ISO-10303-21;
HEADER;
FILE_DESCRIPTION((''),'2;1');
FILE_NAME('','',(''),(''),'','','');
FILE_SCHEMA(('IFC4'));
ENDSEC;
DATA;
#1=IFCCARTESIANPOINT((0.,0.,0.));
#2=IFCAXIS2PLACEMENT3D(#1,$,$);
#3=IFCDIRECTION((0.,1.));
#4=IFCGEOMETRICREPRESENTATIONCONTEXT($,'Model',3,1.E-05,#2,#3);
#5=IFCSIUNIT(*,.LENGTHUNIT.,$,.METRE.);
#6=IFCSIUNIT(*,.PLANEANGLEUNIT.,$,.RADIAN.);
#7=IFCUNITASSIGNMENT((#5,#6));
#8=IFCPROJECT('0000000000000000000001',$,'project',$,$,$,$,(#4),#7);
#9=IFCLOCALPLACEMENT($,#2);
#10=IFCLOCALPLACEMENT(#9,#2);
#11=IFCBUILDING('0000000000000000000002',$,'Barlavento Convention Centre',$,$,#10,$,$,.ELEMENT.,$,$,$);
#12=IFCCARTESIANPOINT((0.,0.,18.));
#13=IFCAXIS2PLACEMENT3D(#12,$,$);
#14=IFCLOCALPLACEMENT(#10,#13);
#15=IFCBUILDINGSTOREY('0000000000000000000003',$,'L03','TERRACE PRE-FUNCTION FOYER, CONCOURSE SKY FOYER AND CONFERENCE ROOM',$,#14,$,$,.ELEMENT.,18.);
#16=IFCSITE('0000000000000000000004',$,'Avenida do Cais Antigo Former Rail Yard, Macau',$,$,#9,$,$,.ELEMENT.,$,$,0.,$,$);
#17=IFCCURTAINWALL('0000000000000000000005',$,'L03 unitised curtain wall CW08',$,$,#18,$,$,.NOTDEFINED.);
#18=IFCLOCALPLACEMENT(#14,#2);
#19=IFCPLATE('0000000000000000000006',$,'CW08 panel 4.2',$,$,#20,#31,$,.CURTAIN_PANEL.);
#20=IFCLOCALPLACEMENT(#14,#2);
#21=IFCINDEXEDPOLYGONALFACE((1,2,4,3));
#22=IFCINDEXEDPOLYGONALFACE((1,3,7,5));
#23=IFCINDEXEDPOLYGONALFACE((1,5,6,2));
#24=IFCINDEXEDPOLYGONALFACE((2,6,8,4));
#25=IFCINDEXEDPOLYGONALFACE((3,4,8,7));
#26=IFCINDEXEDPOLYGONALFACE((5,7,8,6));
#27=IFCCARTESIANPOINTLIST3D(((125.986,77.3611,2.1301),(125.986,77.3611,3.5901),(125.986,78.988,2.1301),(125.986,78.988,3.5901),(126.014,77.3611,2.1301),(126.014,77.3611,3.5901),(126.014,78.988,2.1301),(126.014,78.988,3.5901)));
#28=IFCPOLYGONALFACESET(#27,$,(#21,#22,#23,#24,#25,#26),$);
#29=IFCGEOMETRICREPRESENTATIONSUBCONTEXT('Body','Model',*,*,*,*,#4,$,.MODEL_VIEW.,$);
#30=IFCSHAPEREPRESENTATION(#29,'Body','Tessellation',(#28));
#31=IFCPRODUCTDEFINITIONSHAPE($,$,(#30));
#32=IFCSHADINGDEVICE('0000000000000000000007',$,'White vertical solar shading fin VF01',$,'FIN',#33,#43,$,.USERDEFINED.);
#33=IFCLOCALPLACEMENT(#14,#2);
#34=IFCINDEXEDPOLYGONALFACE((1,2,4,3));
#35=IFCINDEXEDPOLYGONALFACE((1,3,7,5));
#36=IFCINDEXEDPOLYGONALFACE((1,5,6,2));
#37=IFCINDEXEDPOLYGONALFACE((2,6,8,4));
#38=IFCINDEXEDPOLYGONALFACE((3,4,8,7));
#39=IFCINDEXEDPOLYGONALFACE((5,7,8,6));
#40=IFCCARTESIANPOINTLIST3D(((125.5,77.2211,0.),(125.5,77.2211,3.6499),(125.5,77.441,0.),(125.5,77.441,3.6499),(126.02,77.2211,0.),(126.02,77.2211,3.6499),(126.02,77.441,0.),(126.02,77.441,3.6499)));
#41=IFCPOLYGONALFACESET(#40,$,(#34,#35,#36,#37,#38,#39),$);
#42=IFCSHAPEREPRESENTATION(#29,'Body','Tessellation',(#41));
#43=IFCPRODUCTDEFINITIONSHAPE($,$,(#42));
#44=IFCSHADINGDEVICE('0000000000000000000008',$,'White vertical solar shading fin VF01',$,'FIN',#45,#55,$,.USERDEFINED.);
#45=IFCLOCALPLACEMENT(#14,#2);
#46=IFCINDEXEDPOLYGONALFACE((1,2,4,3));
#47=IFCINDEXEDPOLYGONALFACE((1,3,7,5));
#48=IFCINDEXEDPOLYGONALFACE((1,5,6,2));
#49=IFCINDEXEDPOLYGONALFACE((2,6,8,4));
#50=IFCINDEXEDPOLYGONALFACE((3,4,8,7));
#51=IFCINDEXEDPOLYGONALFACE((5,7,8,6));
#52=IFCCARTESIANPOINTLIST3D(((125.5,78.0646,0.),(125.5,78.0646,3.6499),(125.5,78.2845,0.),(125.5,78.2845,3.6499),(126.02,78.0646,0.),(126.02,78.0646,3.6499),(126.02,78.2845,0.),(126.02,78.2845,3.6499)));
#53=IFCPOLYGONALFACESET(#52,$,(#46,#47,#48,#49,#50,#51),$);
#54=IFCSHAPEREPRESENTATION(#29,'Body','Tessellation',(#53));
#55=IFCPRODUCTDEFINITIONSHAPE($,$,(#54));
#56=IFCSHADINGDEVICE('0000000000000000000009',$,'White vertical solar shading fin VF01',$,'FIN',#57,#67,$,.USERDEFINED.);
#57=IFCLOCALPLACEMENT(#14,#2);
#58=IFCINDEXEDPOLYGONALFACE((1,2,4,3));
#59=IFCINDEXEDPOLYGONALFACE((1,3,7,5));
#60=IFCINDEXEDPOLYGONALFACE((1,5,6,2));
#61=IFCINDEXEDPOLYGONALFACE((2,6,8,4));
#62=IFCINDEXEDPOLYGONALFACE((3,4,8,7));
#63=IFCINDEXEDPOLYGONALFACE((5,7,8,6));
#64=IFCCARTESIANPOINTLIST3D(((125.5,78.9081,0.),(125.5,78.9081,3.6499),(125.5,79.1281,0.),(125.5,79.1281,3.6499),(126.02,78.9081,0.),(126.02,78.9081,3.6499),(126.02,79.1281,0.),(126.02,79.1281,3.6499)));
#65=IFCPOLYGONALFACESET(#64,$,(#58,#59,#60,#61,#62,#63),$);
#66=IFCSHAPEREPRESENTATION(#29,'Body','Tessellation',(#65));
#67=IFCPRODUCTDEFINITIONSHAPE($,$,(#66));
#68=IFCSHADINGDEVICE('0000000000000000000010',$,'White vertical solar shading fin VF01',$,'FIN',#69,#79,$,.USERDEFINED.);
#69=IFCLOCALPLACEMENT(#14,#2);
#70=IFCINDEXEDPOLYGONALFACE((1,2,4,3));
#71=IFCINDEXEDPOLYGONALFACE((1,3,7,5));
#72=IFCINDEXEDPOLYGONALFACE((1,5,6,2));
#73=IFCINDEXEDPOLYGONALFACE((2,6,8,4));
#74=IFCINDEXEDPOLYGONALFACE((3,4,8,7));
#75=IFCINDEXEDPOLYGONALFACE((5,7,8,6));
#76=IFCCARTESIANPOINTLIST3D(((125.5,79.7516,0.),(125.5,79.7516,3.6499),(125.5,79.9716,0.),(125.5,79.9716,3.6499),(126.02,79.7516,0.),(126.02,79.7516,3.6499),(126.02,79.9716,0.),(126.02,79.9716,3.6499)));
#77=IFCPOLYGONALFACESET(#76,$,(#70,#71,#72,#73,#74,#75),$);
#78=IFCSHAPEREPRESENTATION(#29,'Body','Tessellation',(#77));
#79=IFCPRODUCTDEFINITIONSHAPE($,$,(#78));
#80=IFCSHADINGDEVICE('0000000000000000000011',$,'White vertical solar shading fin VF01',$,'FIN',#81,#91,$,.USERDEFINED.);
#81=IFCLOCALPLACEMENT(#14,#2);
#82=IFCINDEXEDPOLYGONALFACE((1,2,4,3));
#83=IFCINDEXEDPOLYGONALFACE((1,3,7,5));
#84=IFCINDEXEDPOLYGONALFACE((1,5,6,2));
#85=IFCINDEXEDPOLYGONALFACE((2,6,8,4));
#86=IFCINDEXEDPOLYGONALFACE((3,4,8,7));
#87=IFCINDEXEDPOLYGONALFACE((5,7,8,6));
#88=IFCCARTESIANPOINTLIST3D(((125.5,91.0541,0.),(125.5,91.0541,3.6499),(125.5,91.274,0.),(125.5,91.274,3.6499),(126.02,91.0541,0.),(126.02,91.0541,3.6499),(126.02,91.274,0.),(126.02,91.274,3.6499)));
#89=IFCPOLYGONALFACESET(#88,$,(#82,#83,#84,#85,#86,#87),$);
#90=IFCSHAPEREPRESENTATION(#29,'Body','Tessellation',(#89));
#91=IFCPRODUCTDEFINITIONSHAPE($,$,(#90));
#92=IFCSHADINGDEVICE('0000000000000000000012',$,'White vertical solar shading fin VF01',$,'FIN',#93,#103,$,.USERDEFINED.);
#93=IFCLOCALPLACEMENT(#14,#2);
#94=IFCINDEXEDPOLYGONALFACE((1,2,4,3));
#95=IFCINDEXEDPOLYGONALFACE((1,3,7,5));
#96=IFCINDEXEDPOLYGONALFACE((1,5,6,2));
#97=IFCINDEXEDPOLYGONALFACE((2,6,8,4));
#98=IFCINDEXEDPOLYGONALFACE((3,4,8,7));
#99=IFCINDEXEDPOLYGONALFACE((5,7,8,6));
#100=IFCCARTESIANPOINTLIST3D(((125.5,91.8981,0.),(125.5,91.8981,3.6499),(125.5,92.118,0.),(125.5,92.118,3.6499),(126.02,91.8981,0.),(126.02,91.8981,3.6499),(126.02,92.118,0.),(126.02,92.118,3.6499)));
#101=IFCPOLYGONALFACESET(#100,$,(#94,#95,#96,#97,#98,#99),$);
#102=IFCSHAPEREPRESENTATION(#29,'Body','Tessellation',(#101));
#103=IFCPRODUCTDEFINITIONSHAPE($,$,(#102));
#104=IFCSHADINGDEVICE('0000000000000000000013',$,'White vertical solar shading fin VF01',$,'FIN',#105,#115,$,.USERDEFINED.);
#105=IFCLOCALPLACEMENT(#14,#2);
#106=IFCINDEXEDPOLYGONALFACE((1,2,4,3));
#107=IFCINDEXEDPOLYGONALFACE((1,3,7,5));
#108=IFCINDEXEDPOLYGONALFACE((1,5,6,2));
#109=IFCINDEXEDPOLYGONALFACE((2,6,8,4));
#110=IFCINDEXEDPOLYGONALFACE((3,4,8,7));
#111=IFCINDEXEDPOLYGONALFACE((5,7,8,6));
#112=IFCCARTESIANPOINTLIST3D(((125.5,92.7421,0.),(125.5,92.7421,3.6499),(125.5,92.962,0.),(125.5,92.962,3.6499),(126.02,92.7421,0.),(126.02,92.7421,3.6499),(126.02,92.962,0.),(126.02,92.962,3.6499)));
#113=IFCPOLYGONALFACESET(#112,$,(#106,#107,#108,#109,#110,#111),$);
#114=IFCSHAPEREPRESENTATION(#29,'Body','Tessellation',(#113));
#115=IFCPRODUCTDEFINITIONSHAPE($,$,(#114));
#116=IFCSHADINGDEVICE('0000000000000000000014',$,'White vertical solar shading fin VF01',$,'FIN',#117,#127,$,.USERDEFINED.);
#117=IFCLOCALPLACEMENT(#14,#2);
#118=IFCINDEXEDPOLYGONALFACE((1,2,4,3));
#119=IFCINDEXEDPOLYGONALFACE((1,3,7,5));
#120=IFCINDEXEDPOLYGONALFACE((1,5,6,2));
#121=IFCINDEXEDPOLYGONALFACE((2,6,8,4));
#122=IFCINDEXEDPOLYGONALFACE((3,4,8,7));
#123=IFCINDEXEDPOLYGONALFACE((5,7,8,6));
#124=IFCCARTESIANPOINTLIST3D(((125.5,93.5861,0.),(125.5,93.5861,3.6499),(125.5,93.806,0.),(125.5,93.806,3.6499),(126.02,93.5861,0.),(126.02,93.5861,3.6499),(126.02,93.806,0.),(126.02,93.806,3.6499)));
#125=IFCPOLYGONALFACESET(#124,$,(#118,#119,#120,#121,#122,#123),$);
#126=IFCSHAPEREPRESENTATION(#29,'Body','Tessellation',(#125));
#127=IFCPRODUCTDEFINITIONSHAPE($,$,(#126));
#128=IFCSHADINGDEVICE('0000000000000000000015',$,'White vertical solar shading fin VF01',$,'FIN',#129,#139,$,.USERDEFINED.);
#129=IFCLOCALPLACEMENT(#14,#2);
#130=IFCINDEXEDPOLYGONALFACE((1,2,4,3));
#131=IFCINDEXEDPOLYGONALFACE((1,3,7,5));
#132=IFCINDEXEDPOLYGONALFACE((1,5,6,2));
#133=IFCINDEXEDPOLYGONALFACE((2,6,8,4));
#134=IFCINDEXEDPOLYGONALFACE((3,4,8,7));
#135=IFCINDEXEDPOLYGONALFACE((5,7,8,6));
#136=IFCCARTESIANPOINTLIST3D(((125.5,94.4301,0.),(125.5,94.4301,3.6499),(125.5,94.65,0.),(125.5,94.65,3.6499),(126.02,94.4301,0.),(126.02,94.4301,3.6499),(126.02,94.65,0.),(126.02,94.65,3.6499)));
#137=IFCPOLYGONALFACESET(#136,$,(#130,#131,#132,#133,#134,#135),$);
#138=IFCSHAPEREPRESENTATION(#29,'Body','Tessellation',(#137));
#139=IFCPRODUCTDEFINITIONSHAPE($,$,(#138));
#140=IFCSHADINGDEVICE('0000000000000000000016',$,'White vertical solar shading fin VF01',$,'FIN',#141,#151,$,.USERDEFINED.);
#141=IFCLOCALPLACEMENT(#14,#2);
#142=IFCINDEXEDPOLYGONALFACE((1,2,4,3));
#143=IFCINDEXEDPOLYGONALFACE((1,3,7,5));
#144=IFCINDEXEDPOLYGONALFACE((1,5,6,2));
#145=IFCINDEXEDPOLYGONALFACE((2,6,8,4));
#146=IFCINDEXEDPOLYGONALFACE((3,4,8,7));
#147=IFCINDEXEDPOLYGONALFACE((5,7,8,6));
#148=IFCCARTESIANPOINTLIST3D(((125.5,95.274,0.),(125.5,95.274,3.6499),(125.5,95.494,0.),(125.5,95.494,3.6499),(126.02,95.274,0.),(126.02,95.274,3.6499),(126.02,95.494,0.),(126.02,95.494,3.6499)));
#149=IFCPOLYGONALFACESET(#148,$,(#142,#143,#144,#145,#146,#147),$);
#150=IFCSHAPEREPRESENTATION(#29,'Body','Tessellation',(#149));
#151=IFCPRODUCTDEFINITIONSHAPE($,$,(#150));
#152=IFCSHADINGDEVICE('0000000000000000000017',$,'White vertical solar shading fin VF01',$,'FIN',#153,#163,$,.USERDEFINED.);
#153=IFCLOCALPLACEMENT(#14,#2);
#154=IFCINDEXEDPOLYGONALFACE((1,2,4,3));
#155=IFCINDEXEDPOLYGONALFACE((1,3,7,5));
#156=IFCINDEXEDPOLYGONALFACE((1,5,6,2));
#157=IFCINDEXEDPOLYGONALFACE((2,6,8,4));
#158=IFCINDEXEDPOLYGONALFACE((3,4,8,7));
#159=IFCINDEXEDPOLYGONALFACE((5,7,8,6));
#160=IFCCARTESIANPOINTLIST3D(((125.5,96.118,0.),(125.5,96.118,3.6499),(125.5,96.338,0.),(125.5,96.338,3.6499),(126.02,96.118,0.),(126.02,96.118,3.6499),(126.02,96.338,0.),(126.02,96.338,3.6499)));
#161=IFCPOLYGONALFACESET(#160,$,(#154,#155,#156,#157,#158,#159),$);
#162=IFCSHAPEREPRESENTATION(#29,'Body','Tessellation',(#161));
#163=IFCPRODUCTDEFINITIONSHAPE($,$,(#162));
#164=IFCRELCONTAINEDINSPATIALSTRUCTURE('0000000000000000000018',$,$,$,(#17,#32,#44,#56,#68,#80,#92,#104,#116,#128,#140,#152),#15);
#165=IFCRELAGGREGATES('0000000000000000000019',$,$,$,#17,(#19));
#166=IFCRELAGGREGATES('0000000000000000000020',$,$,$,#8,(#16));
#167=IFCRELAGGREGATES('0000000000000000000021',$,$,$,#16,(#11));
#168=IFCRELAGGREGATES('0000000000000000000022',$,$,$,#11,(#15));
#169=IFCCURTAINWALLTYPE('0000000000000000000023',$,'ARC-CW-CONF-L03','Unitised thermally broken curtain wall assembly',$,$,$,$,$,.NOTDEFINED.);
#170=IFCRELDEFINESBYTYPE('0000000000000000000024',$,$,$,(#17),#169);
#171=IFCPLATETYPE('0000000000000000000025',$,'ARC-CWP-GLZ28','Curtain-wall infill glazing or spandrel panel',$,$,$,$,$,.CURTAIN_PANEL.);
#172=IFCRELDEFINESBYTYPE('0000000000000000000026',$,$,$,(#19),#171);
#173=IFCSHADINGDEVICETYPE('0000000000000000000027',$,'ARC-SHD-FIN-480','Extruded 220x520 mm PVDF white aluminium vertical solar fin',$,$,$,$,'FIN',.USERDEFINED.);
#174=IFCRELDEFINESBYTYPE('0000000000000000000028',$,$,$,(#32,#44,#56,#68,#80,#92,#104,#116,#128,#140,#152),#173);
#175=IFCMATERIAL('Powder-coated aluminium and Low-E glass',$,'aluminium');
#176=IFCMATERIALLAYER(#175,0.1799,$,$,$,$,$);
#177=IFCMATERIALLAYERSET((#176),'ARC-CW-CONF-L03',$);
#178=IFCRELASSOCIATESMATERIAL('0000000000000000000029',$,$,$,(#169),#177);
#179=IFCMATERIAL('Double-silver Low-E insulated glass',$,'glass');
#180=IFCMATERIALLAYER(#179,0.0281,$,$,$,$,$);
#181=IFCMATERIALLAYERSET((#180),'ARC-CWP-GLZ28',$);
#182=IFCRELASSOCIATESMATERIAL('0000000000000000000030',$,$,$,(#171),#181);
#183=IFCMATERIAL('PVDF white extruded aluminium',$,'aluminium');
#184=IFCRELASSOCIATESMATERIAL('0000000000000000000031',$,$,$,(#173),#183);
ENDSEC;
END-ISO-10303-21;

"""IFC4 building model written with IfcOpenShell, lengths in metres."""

from ifc_helpers import new_model, si_unit, direction, frame, origin, origin_2d, place, context, subcontext, project, spatial, rectangle, extrude, material, layer, layer_set, type_object, element, aggregate, save


model = new_model("IFC4")

# Units and contexts
model_context = context("Model", 3, precision=1e-05, world=origin(), true_north=direction((0.0, 1.0)))
body_context = subcontext(model_context, "Body", "Model", "MODEL_VIEW")
ifc_project = project(units=[si_unit("LENGTHUNIT", "METRE"), si_unit("PLANEANGLEUNIT", "RADIAN")], contexts=[model_context])

# Site, building, storey
site_placement = place(None, origin())
site = spatial("IfcSite", under=ifc_project, at=site_placement, Name="Avenida do Cais Antigo Former Rail Yard, Macau", CompositionType="ELEMENT", RefElevation=0.0)
building_placement = place(site_placement, origin())
building = spatial("IfcBuilding", under=site, at=building_placement, Name="Barlavento Convention Centre", CompositionType="ELEMENT")
storey_placement = place(building_placement, frame((0.0, 0.0, 18.0)))
storey = spatial("IfcBuildingStorey", under=building, at=storey_placement, Name="L03", Description="TERRACE PRE-FUNCTION FOYER, CONCOURSE SKY FOYER AND CONFERENCE ROOM", CompositionType="ELEMENT", Elevation=18.0)

# Curtain wall
ifc_material_1 = material(Name="Powder-coated aluminium and Low-E glass", Category="aluminium")
ifc_layer_1 = layer(ifc_material_1, 0.1799)
ifc_layer_set_1 = layer_set([ifc_layer_1], Name="ARC-CW-CONF-L03")
curtain_wall_type = type_object("IfcCurtainWallType", Name="ARC-CW-CONF-L03", Description="Unitised thermally broken curtain wall assembly", PredefinedType="NOTDEFINED", material=ifc_layer_set_1)
curtain_wall_placement = place(storey_placement, origin())
curtain_wall = element("IfcCurtainWall", 1, at=curtain_wall_placement, inside=storey, type_object=curtain_wall_type, Name="L03 unitised curtain wall CW08", PredefinedType="NOTDEFINED")

# Plate
ifc_material_2 = material(Name="Double-silver Low-E insulated glass", Category="glass")
ifc_layer_2 = layer(ifc_material_2, 0.0281)
ifc_layer_set_2 = layer_set([ifc_layer_2], Name="ARC-CWP-GLZ28")
plate_type = type_object("IfcPlateType", Name="ARC-CWP-GLZ28", Description="Curtain-wall infill glazing or spandrel panel", PredefinedType="CURTAIN_PANEL", material=ifc_layer_set_2)
plate_1_placement = place(storey_placement, frame((126.0, 78.1746, 2.1301), z_axis=(0.0, 0.0, 1.0), x_axis=(0.0, 1.0, 0.0)))
plate_1 = element("IfcPlate", 2, at=plate_1_placement, type_object=plate_type, Name="CW08 panel 4.2", PredefinedType="CURTAIN_PANEL", context=body_context, shape_type="SweptSolid", body=[
    extrude(rectangle(XDim=1.627, YDim=0.0281, at=origin_2d()), origin(), (0.0, 0.0, 1.0), 1.46),
])
aggregate(curtain_wall, [plate_1])

# Shading devices
ifc_material_3 = material(Name="PVDF white extruded aluminium", Category="aluminium")
shading_device_type = type_object("IfcShadingDeviceType", Name="ARC-SHD-FIN-480", Description="Extruded 220x520 mm PVDF white aluminium vertical solar fin", ElementType="FIN", PredefinedType="USERDEFINED", material=ifc_material_3)
for number, where, z_axis, x_axis, name in (
    (3, (125.76, 77.3311, 0.0), (0.0, 0.0, 1.0), (0.0, 1.0, 0.0), "White vertical solar shading fin VF01"),
    (4, (125.76, 78.1746, 0.0), (0.0, 0.0, 1.0), (0.0, 1.0, 0.0), "White vertical solar shading fin VF01"),
    (5, (125.76, 79.0181, 0.0), (0.0, 0.0, 1.0), (0.0, 1.0, 0.0), "White vertical solar shading fin VF01"),
    (6, (125.76, 79.8616, 0.0), (0.0, 0.0, 1.0), (0.0, 1.0, 0.0), "White vertical solar shading fin VF01"),
    (7, (125.76, 91.1641, 0.0), (0.0, 0.0, 1.0), (0.0, 1.0, 0.0), "White vertical solar shading fin VF01"),
    (8, (125.76, 92.0081, 0.0), (0.0, 0.0, 1.0), (0.0, 1.0, 0.0), "White vertical solar shading fin VF01"),
    (9, (125.76, 92.8521, 0.0), (0.0, 0.0, 1.0), (0.0, 1.0, 0.0), "White vertical solar shading fin VF01"),
    (10, (125.76, 93.696, 0.0), (0.0, 0.0, 1.0), (0.0, 1.0, 0.0), "White vertical solar shading fin VF01"),
    (11, (125.76, 94.54, 0.0), (0.0, 0.0, 1.0), (0.0, 1.0, 0.0), "White vertical solar shading fin VF01"),
    (12, (125.76, 95.384, 0.0), (0.0, 0.0, 1.0), (0.0, 1.0, 0.0), "White vertical solar shading fin VF01"),
    (13, (125.76, 96.228, 0.0), (0.0, 0.0, 1.0), (0.0, 1.0, 0.0), "White vertical solar shading fin VF01"),
):
    element("IfcShadingDevice", number, at=place(storey_placement, frame(where, z_axis=z_axis, x_axis=x_axis)), inside=storey, type_object=shading_device_type, Name=name, ObjectType="FIN", PredefinedType="USERDEFINED", context=body_context, shape_type="SweptSolid", body=[
        extrude(rectangle(XDim=0.22, YDim=0.52, at=origin_2d()), origin(), (0.0, 0.0, 1.0), 3.6499),
    ])

save(model, "model.ifc")
